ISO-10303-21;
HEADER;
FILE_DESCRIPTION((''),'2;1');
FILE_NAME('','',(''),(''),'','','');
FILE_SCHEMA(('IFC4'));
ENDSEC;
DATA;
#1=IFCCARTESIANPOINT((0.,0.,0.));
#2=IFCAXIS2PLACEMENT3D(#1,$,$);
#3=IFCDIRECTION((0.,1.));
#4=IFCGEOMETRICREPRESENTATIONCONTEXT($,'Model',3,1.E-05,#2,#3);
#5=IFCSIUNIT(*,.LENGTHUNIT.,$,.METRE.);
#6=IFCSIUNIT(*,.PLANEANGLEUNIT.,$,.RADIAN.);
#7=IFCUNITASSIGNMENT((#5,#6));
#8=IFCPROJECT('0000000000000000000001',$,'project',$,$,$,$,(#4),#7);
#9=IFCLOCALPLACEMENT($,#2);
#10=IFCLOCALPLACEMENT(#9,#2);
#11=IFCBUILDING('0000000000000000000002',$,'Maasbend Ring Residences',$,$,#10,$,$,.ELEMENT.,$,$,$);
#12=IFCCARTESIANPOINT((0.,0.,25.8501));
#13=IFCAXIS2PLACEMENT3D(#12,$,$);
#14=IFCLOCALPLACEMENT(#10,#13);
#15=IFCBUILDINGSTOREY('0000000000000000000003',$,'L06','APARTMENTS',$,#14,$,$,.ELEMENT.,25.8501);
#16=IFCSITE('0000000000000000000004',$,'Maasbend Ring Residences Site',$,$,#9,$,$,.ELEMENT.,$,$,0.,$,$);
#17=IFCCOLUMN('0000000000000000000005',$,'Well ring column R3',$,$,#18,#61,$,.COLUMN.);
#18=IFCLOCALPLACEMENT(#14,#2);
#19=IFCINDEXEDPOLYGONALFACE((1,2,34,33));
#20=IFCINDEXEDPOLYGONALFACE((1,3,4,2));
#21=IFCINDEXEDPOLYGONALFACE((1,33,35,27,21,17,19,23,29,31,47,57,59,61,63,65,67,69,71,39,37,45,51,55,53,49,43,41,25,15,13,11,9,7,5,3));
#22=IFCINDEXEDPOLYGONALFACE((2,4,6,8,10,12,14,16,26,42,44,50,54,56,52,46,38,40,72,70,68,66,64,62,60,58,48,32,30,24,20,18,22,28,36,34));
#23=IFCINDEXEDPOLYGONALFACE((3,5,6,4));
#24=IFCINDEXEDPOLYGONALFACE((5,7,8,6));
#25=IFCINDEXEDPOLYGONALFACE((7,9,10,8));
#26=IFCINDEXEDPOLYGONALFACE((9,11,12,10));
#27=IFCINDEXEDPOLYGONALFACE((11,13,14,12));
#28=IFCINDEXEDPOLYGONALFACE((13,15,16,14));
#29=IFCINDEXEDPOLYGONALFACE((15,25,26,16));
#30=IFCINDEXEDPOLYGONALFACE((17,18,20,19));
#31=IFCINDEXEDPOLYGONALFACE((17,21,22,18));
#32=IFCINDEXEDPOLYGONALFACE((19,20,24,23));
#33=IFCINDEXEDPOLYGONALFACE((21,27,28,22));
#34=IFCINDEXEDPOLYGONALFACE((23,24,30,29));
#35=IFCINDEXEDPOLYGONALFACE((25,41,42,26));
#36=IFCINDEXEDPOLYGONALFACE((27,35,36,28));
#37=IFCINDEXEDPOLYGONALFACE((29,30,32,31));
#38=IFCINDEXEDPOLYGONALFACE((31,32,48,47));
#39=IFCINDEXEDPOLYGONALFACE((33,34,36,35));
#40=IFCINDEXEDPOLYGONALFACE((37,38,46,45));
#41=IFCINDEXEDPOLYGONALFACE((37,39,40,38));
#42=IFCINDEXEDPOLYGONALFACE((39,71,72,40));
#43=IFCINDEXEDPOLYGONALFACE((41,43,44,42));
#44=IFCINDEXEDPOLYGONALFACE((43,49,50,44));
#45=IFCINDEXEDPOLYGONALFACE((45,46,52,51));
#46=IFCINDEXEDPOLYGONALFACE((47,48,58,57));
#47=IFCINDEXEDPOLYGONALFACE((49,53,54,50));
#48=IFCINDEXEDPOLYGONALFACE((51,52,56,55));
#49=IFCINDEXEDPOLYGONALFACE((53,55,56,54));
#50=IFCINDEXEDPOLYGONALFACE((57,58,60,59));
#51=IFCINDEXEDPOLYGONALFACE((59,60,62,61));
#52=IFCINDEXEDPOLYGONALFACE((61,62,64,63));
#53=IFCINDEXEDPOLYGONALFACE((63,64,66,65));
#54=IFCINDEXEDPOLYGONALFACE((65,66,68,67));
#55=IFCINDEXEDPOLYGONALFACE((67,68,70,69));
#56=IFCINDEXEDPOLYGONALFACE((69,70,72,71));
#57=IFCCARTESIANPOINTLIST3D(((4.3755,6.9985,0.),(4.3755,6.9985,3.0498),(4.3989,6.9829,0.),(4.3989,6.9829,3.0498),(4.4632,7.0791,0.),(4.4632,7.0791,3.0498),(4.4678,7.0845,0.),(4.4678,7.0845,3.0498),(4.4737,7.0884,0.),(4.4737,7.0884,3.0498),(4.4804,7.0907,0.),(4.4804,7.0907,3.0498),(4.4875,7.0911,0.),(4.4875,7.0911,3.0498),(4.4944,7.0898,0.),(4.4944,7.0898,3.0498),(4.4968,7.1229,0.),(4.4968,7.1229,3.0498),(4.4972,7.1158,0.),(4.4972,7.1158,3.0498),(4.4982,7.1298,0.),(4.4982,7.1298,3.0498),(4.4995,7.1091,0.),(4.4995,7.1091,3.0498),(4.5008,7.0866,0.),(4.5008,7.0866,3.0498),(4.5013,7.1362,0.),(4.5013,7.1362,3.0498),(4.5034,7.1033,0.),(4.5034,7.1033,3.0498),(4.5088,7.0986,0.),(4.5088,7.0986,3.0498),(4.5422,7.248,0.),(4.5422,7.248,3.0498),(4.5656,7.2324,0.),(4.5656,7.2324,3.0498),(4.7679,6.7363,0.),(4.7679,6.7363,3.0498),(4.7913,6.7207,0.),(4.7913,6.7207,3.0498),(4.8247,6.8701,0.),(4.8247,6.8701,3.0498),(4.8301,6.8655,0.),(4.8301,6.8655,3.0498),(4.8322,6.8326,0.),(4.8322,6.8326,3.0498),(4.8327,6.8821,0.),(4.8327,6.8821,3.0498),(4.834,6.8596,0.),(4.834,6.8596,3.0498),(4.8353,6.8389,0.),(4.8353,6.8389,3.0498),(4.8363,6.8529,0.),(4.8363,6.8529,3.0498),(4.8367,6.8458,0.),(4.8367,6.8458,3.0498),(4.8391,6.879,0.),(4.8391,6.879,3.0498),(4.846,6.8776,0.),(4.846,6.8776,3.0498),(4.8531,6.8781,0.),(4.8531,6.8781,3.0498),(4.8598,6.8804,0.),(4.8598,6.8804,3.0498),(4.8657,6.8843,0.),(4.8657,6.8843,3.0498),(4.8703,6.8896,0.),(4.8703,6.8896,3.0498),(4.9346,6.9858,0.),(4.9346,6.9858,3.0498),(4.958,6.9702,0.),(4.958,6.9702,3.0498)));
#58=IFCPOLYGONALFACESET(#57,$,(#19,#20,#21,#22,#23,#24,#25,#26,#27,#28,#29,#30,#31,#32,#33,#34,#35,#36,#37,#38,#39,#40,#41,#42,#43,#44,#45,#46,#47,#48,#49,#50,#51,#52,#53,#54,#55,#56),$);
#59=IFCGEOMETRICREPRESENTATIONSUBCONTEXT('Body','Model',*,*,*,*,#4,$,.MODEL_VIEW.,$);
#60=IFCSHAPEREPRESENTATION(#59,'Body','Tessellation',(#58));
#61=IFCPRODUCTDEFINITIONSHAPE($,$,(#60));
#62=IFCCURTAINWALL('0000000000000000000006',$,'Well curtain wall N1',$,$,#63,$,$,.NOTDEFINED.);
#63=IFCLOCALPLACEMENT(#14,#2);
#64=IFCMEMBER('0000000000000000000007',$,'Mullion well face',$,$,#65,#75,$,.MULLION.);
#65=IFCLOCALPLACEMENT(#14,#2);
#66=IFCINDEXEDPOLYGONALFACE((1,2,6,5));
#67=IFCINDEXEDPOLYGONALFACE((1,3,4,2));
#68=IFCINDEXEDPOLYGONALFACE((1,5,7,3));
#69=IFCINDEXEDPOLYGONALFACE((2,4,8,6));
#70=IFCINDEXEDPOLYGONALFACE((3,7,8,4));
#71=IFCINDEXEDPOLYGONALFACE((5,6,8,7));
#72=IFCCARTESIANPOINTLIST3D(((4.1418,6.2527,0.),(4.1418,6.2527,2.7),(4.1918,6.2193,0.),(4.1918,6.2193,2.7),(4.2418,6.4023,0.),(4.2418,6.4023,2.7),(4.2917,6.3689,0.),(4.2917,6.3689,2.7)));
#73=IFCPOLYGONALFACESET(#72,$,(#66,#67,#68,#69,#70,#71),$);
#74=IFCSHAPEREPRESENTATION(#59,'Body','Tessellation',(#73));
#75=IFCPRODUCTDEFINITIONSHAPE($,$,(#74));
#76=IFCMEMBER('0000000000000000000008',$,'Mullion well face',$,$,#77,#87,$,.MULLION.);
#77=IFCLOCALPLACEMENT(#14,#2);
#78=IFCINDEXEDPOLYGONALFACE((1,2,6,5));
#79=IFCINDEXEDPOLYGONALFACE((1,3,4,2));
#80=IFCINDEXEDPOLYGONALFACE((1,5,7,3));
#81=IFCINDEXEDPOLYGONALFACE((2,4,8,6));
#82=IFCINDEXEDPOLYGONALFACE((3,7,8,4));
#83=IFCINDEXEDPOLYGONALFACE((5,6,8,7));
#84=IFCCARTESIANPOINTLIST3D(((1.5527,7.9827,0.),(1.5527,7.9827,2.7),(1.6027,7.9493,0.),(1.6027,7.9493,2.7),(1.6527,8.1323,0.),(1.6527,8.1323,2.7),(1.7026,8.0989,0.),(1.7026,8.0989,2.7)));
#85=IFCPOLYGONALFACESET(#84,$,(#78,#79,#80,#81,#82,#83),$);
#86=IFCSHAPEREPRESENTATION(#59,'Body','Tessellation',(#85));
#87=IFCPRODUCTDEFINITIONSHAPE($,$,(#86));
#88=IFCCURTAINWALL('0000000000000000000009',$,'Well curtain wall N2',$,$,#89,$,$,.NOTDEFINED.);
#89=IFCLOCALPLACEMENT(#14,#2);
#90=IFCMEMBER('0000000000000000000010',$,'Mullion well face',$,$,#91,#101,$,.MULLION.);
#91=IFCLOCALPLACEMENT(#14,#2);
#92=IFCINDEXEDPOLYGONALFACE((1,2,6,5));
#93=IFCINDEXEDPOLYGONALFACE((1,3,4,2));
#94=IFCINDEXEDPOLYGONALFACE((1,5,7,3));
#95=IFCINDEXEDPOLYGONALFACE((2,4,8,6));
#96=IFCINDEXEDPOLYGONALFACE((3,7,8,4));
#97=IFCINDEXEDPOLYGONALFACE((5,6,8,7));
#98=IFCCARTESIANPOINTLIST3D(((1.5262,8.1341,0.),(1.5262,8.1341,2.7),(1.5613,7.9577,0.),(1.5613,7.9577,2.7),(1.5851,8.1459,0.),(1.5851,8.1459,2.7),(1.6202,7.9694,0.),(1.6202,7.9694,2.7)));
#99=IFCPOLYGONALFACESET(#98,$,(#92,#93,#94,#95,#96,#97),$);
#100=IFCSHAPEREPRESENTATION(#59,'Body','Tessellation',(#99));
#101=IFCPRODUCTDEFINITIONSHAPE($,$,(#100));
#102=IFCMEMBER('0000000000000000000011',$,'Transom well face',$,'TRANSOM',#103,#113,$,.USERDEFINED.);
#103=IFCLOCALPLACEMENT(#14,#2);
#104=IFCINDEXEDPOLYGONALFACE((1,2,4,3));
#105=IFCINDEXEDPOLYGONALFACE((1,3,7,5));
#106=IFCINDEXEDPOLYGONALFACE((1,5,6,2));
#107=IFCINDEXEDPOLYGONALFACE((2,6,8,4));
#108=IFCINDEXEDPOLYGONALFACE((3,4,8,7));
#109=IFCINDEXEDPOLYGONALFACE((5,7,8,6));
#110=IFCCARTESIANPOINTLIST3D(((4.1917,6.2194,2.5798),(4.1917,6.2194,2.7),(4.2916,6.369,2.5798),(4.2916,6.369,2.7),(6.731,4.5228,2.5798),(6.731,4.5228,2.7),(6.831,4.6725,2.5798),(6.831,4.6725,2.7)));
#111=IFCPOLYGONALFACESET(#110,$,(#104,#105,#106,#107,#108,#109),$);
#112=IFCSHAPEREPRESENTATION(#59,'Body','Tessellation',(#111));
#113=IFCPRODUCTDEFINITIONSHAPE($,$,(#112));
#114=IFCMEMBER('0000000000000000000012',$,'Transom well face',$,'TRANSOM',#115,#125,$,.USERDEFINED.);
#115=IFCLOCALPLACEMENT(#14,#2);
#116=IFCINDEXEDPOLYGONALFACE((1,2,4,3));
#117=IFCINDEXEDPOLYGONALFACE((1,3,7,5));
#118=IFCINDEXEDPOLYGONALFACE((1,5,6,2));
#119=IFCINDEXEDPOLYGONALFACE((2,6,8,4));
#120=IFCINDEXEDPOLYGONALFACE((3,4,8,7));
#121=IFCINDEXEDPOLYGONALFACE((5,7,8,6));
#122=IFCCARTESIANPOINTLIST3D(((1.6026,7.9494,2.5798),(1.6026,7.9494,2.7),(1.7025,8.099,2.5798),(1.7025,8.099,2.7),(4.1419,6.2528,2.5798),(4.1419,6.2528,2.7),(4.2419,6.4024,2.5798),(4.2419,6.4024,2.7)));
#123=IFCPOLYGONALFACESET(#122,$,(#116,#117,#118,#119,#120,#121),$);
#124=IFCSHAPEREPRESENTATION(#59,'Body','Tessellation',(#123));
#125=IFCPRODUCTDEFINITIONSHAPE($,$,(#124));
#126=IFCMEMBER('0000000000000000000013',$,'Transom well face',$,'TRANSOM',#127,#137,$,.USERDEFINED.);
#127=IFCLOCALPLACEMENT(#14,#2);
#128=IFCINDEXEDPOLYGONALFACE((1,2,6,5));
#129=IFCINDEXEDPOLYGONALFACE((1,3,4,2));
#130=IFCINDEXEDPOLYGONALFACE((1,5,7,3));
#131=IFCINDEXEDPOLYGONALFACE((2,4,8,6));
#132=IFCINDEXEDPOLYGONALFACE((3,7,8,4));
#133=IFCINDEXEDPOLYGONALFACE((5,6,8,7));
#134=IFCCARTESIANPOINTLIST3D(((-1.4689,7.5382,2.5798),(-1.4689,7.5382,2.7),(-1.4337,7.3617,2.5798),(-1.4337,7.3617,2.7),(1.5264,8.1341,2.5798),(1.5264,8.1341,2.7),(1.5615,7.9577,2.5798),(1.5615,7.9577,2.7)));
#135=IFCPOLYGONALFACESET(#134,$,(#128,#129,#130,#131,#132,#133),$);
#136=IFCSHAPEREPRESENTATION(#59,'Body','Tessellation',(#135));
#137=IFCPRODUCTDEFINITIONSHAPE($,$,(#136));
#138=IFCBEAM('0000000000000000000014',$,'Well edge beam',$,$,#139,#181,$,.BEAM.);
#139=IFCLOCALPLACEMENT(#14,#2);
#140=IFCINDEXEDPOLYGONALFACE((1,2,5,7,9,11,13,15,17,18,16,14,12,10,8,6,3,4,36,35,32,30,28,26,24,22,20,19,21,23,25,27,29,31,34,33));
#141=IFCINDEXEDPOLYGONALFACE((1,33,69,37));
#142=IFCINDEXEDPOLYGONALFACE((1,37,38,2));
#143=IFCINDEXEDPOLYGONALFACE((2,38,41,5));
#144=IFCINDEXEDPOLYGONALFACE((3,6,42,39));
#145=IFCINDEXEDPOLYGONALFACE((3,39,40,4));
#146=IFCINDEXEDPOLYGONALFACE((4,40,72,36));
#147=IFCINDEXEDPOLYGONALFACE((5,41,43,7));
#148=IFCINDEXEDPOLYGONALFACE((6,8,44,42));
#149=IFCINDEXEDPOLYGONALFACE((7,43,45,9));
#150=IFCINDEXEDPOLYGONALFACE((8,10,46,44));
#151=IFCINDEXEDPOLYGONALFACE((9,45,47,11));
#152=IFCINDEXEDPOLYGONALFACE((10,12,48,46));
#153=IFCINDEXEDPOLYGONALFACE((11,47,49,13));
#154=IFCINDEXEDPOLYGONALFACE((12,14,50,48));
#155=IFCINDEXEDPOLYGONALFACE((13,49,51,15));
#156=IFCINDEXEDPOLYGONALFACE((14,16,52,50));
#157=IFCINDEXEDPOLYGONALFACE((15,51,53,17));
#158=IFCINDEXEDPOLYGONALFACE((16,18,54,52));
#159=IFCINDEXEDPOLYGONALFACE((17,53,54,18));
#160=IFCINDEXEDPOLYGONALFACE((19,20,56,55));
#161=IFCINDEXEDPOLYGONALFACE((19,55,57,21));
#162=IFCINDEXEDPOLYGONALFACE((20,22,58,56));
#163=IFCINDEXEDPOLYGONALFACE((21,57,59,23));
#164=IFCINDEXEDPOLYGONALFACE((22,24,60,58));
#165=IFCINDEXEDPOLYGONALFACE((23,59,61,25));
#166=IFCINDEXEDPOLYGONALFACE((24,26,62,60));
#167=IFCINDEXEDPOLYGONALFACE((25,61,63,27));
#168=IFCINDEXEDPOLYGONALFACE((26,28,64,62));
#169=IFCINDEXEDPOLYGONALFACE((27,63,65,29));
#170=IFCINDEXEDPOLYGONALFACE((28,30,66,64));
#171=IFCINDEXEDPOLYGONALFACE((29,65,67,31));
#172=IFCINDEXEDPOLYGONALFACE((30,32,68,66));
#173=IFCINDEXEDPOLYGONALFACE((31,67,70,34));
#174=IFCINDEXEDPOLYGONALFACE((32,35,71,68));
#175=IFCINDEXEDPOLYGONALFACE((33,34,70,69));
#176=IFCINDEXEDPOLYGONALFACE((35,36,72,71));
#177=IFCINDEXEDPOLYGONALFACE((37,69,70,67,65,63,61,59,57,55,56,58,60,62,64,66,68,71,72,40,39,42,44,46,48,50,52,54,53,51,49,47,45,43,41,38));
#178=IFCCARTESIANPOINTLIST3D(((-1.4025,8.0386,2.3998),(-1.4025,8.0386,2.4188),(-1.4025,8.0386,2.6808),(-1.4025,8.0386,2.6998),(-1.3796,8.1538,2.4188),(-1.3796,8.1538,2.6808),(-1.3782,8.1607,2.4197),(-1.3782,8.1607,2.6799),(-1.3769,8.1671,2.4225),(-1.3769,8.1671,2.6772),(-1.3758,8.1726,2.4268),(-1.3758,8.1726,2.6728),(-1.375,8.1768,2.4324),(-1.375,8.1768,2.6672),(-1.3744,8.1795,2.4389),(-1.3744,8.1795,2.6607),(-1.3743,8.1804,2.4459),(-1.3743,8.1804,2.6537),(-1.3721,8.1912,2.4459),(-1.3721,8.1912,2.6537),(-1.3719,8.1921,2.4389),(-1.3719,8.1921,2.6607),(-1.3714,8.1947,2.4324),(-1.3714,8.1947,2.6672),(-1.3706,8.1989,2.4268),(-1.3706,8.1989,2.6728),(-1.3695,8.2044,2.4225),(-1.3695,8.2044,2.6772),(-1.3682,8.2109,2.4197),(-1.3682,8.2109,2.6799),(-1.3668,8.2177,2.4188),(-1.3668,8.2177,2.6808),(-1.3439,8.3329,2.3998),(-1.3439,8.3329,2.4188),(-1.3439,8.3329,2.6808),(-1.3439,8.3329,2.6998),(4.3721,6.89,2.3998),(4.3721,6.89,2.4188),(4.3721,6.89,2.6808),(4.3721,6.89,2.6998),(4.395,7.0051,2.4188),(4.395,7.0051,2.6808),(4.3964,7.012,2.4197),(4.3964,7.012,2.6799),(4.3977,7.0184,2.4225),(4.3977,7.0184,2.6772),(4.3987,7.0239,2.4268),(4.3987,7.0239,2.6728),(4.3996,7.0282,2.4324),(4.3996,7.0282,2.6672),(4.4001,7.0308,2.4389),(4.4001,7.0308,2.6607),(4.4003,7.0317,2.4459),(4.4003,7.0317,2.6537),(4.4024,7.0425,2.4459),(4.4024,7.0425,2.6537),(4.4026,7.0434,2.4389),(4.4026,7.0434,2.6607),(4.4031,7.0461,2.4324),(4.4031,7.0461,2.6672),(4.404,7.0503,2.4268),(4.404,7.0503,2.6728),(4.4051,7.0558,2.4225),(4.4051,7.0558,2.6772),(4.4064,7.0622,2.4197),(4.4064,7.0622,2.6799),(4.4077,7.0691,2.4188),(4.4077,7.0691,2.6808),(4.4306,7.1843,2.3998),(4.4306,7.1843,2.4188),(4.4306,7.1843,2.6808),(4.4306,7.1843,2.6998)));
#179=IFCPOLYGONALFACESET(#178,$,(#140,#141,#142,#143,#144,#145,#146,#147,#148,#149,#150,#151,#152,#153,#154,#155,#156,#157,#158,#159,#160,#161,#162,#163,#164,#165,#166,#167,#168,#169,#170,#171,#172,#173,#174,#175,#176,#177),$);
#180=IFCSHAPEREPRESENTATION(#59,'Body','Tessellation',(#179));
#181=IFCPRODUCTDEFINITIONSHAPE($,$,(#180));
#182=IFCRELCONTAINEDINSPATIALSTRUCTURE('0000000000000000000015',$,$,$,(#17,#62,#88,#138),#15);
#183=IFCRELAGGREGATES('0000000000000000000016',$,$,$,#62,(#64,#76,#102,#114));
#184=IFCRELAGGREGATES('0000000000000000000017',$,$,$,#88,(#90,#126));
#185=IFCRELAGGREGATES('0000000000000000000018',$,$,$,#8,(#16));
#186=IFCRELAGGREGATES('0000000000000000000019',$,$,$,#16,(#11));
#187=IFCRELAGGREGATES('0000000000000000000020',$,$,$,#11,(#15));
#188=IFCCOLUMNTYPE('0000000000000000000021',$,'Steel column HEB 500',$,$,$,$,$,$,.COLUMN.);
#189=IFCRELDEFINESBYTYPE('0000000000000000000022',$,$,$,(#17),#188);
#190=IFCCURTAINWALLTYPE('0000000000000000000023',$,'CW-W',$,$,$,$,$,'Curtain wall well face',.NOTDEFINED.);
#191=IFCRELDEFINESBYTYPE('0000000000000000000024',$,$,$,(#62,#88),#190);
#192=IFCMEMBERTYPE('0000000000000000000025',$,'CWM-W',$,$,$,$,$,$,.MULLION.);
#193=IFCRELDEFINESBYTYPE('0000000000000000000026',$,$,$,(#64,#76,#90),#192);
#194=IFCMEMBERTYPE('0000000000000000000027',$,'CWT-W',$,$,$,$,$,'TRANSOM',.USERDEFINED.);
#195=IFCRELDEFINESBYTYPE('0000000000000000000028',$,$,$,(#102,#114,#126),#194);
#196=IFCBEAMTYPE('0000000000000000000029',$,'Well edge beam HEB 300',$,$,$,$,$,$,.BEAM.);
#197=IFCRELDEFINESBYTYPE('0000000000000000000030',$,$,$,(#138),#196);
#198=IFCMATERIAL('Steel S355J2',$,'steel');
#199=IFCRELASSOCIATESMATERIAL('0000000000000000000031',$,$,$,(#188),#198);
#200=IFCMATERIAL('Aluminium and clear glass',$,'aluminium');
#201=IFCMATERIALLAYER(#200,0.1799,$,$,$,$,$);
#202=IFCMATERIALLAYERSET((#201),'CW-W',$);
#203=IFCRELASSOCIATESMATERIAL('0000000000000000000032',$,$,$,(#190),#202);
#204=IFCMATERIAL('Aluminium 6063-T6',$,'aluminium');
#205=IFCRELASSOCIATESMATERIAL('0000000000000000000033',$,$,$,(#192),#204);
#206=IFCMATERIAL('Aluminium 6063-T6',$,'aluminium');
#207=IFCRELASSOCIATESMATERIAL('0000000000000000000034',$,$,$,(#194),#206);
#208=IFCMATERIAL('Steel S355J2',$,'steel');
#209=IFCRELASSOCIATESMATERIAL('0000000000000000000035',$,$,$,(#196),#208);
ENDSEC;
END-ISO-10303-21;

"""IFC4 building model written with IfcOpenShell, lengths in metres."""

from ifc_helpers import new_model, si_unit, direction, frame, origin, origin_2d, place, context, subcontext, project, spatial, rectangle, i_section, extrude, material, layer, layer_set, material_profile, profile_set, type_object, element, aggregate, save


model = new_model("IFC4")

# Units and contexts
model_context = context("Model", 3, precision=1e-05, world=origin(), true_north=direction((0.0, 1.0)))
body_context = subcontext(model_context, "Body", "Model", "MODEL_VIEW")
ifc_project = project(units=[si_unit("LENGTHUNIT", "METRE"), si_unit("PLANEANGLEUNIT", "RADIAN")], contexts=[model_context])

# Site, building, storey
site_placement = place(None, origin())
site = spatial("IfcSite", under=ifc_project, at=site_placement, Name="Maasbend Ring Residences Site", CompositionType="ELEMENT", RefElevation=0.0)
building_placement = place(site_placement, origin())
building = spatial("IfcBuilding", under=site, at=building_placement, Name="Maasbend Ring Residences", CompositionType="ELEMENT")
storey_placement = place(building_placement, frame((0.0, 0.0, 25.8501)))
storey = spatial("IfcBuildingStorey", under=building, at=storey_placement, Name="L06", Description="APARTMENTS", CompositionType="ELEMENT", Elevation=25.8501)

# Column
ifc_material_1 = material(Name="Steel S355J2", Category="steel")
ifc_material_profile_1 = material_profile(ifc_material_1, i_section(OverallWidth=0.3, OverallDepth=0.5, WebThickness=0.0144, FlangeThickness=0.0281, FilletRadius=0.0271, at=origin_2d()), Name="HEB 500")
ifc_profile_set_1 = profile_set([ifc_material_profile_1], Name="Steel S355J2")
column_type = type_object("IfcColumnType", Name="Steel column HEB 500", PredefinedType="COLUMN", material=ifc_profile_set_1)
column_placement = place(storey_placement, frame((4.6667, 6.9844, 0.0), z_axis=(0.0, 0.0, 1.0), x_axis=(0.55557, 0.83147, 0.0)))
element("IfcColumn", 1, at=column_placement, inside=storey, type_object=column_type, Name="Well ring column R3", PredefinedType="COLUMN", context=body_context, shape_type="SweptSolid", body=[
    extrude(i_section(OverallWidth=0.3, OverallDepth=0.5, WebThickness=0.0144, FlangeThickness=0.0281, FilletRadius=0.0271, at=origin_2d()), origin(), (0.0, 0.0, 1.0), 3.0498),
])

# Curtain wall, members
ifc_material_2 = material(Name="Aluminium and clear glass", Category="aluminium")
ifc_layer_1 = layer(ifc_material_2, 0.1799)
ifc_layer_set_1 = layer_set([ifc_layer_1], Name="CW-W")
curtain_wall_type = type_object("IfcCurtainWallType", Name="CW-W", ElementType="Curtain wall well face", PredefinedType="NOTDEFINED", material=ifc_layer_set_1)
curtain_wall_1_placement = place(storey_placement, origin())
curtain_wall_1 = element("IfcCurtainWall", 2, at=curtain_wall_1_placement, inside=storey, type_object=curtain_wall_type, Name="Well curtain wall N1", PredefinedType="NOTDEFINED")
ifc_material_3 = material(Name="Aluminium 6063-T6", Category="aluminium")
ifc_material_profile_2 = material_profile(ifc_material_3, rectangle(XDim=0.1799, YDim=0.0601, at=origin_2d()), Name="AL 180x60")
ifc_profile_set_2 = profile_set([ifc_material_profile_2], Name="Aluminium 6063-T6")
member_type_1 = type_object("IfcMemberType", Name="CWM-W", PredefinedType="MULLION", material=ifc_profile_set_2)
member_1_placement = place(storey_placement, frame((4.2168, 6.3108, 0.0), z_axis=(0.0, 0.0, 1.0), x_axis=(-0.55557, -0.83147, 0.0)))
member_1 = element("IfcMember", 3, at=member_1_placement, type_object=member_type_1, Name="Mullion well face", PredefinedType="MULLION", context=body_context, shape_type="SweptSolid", body=[
    extrude(rectangle(XDim=0.1799, YDim=0.0601, at=origin_2d()), origin(), (0.0, 0.0, 1.0), 2.7),
])
member_2_placement = place(storey_placement, frame((1.6277, 8.0408, 0.0), z_axis=(0.0, 0.0, 1.0), x_axis=(-0.55557, -0.83147, 0.0)))
member_2 = element("IfcMember", 4, at=member_2_placement, type_object=member_type_1, Name="Mullion well face", PredefinedType="MULLION", context=body_context, shape_type="SweptSolid", body=[
    extrude(rectangle(XDim=0.1799, YDim=0.0601, at=origin_2d()), origin(), (0.0, 0.0, 1.0), 2.7),
])

# Curtain wall, member
curtain_wall_2_placement = place(storey_placement, origin())
curtain_wall_2 = element("IfcCurtainWall", 5, at=curtain_wall_2_placement, inside=storey, type_object=curtain_wall_type, Name="Well curtain wall N2", PredefinedType="NOTDEFINED")
member_3_placement = place(storey_placement, frame((1.5732, 8.0518, 0.0), z_axis=(0.0, 0.0, 1.0), x_axis=(0.19509, -0.980785, 0.0)))
member_3 = element("IfcMember", 6, at=member_3_placement, type_object=member_type_1, Name="Mullion well face", PredefinedType="MULLION", context=body_context, shape_type="SweptSolid", body=[
    extrude(rectangle(XDim=0.1799, YDim=0.0601, at=origin_2d()), origin(), (0.0, 0.0, 1.0), 2.7),
])

# Members
ifc_material_4 = material(Name="Aluminium 6063-T6", Category="aluminium")
ifc_material_profile_3 = material_profile(ifc_material_4, rectangle(XDim=0.1799, YDim=0.1201, at=origin_2d()), Name="AL 180x120")
ifc_profile_set_3 = profile_set([ifc_material_profile_3], Name="Aluminium 6063-T6")
member_type_2 = type_object("IfcMemberType", Name="CWT-W", ElementType="TRANSOM", PredefinedType="USERDEFINED", material=ifc_profile_set_3)
member_4_placement = place(storey_placement, frame((6.781, 4.5977, 2.6399), z_axis=(-0.831496, 0.55553, 0.0), x_axis=(-0.55553, -0.831496, 0.0)))
member_4 = element("IfcMember", 7, at=member_4_placement, type_object=member_type_2, Name="Transom well face", ObjectType="TRANSOM", PredefinedType="USERDEFINED", context=body_context, shape_type="SweptSolid", body=[
    extrude(rectangle(XDim=0.1799, YDim=0.1201, at=origin_2d()), origin(), (0.0, 0.0, 1.0), 3.054),
])
member_5_placement = place(storey_placement, frame((4.1919, 6.3276, 2.6399), z_axis=(-0.831496, 0.55553, 0.0), x_axis=(-0.55553, -0.831496, 0.0)))
member_5 = element("IfcMember", 8, at=member_5_placement, type_object=member_type_2, Name="Transom well face", ObjectType="TRANSOM", PredefinedType="USERDEFINED", context=body_context, shape_type="SweptSolid", body=[
    extrude(rectangle(XDim=0.1799, YDim=0.1201, at=origin_2d()), origin(), (0.0, 0.0, 1.0), 3.054),
])
member_6_placement = place(storey_placement, frame((1.5439, 8.0459, 2.6399), z_axis=(-0.980777, -0.195132, 0.0), x_axis=(0.195132, -0.980777, 0.0)))
member_6 = element("IfcMember", 9, at=member_6_placement, type_object=member_type_2, Name="Transom well face", ObjectType="TRANSOM", PredefinedType="USERDEFINED", context=body_context, shape_type="SweptSolid", body=[
    extrude(rectangle(XDim=0.1799, YDim=0.1201, at=origin_2d()), origin(), (0.0, 0.0, 1.0), 3.054),
])

# Beam
ifc_material_5 = material(Name="Steel S355J2", Category="steel")
ifc_material_profile_4 = material_profile(ifc_material_5, i_section(OverallWidth=0.3, OverallDepth=0.3, WebThickness=0.011, FlangeThickness=0.019, FilletRadius=0.0271, at=origin_2d()), Name="HEB 300")
ifc_profile_set_4 = profile_set([ifc_material_profile_4], Name="Steel S355J2")
beam_type = type_object("IfcBeamType", Name="Well edge beam HEB 300", PredefinedType="BEAM", material=ifc_profile_set_4)
beam_placement = place(storey_placement, frame((4.4014, 7.0371, 2.5498), z_axis=(-0.980784, 0.195095, 0.0), x_axis=(-0.195095, -0.980784, 0.0)))
element("IfcBeam", 10, at=beam_placement, inside=storey, type_object=beam_type, Name="Well edge beam", PredefinedType="BEAM", context=body_context, shape_type="SweptSolid", body=[
    extrude(i_section(OverallWidth=0.3, OverallDepth=0.3, WebThickness=0.011, FlangeThickness=0.019, FilletRadius=0.0271, at=origin_2d()), origin(), (0.0, 0.0, 1.0), 5.8877),
])

aggregate(curtain_wall_1, [member_1, member_2, member_4, member_5])
aggregate(curtain_wall_2, [member_3, member_6])

save(model, "model.ifc")
